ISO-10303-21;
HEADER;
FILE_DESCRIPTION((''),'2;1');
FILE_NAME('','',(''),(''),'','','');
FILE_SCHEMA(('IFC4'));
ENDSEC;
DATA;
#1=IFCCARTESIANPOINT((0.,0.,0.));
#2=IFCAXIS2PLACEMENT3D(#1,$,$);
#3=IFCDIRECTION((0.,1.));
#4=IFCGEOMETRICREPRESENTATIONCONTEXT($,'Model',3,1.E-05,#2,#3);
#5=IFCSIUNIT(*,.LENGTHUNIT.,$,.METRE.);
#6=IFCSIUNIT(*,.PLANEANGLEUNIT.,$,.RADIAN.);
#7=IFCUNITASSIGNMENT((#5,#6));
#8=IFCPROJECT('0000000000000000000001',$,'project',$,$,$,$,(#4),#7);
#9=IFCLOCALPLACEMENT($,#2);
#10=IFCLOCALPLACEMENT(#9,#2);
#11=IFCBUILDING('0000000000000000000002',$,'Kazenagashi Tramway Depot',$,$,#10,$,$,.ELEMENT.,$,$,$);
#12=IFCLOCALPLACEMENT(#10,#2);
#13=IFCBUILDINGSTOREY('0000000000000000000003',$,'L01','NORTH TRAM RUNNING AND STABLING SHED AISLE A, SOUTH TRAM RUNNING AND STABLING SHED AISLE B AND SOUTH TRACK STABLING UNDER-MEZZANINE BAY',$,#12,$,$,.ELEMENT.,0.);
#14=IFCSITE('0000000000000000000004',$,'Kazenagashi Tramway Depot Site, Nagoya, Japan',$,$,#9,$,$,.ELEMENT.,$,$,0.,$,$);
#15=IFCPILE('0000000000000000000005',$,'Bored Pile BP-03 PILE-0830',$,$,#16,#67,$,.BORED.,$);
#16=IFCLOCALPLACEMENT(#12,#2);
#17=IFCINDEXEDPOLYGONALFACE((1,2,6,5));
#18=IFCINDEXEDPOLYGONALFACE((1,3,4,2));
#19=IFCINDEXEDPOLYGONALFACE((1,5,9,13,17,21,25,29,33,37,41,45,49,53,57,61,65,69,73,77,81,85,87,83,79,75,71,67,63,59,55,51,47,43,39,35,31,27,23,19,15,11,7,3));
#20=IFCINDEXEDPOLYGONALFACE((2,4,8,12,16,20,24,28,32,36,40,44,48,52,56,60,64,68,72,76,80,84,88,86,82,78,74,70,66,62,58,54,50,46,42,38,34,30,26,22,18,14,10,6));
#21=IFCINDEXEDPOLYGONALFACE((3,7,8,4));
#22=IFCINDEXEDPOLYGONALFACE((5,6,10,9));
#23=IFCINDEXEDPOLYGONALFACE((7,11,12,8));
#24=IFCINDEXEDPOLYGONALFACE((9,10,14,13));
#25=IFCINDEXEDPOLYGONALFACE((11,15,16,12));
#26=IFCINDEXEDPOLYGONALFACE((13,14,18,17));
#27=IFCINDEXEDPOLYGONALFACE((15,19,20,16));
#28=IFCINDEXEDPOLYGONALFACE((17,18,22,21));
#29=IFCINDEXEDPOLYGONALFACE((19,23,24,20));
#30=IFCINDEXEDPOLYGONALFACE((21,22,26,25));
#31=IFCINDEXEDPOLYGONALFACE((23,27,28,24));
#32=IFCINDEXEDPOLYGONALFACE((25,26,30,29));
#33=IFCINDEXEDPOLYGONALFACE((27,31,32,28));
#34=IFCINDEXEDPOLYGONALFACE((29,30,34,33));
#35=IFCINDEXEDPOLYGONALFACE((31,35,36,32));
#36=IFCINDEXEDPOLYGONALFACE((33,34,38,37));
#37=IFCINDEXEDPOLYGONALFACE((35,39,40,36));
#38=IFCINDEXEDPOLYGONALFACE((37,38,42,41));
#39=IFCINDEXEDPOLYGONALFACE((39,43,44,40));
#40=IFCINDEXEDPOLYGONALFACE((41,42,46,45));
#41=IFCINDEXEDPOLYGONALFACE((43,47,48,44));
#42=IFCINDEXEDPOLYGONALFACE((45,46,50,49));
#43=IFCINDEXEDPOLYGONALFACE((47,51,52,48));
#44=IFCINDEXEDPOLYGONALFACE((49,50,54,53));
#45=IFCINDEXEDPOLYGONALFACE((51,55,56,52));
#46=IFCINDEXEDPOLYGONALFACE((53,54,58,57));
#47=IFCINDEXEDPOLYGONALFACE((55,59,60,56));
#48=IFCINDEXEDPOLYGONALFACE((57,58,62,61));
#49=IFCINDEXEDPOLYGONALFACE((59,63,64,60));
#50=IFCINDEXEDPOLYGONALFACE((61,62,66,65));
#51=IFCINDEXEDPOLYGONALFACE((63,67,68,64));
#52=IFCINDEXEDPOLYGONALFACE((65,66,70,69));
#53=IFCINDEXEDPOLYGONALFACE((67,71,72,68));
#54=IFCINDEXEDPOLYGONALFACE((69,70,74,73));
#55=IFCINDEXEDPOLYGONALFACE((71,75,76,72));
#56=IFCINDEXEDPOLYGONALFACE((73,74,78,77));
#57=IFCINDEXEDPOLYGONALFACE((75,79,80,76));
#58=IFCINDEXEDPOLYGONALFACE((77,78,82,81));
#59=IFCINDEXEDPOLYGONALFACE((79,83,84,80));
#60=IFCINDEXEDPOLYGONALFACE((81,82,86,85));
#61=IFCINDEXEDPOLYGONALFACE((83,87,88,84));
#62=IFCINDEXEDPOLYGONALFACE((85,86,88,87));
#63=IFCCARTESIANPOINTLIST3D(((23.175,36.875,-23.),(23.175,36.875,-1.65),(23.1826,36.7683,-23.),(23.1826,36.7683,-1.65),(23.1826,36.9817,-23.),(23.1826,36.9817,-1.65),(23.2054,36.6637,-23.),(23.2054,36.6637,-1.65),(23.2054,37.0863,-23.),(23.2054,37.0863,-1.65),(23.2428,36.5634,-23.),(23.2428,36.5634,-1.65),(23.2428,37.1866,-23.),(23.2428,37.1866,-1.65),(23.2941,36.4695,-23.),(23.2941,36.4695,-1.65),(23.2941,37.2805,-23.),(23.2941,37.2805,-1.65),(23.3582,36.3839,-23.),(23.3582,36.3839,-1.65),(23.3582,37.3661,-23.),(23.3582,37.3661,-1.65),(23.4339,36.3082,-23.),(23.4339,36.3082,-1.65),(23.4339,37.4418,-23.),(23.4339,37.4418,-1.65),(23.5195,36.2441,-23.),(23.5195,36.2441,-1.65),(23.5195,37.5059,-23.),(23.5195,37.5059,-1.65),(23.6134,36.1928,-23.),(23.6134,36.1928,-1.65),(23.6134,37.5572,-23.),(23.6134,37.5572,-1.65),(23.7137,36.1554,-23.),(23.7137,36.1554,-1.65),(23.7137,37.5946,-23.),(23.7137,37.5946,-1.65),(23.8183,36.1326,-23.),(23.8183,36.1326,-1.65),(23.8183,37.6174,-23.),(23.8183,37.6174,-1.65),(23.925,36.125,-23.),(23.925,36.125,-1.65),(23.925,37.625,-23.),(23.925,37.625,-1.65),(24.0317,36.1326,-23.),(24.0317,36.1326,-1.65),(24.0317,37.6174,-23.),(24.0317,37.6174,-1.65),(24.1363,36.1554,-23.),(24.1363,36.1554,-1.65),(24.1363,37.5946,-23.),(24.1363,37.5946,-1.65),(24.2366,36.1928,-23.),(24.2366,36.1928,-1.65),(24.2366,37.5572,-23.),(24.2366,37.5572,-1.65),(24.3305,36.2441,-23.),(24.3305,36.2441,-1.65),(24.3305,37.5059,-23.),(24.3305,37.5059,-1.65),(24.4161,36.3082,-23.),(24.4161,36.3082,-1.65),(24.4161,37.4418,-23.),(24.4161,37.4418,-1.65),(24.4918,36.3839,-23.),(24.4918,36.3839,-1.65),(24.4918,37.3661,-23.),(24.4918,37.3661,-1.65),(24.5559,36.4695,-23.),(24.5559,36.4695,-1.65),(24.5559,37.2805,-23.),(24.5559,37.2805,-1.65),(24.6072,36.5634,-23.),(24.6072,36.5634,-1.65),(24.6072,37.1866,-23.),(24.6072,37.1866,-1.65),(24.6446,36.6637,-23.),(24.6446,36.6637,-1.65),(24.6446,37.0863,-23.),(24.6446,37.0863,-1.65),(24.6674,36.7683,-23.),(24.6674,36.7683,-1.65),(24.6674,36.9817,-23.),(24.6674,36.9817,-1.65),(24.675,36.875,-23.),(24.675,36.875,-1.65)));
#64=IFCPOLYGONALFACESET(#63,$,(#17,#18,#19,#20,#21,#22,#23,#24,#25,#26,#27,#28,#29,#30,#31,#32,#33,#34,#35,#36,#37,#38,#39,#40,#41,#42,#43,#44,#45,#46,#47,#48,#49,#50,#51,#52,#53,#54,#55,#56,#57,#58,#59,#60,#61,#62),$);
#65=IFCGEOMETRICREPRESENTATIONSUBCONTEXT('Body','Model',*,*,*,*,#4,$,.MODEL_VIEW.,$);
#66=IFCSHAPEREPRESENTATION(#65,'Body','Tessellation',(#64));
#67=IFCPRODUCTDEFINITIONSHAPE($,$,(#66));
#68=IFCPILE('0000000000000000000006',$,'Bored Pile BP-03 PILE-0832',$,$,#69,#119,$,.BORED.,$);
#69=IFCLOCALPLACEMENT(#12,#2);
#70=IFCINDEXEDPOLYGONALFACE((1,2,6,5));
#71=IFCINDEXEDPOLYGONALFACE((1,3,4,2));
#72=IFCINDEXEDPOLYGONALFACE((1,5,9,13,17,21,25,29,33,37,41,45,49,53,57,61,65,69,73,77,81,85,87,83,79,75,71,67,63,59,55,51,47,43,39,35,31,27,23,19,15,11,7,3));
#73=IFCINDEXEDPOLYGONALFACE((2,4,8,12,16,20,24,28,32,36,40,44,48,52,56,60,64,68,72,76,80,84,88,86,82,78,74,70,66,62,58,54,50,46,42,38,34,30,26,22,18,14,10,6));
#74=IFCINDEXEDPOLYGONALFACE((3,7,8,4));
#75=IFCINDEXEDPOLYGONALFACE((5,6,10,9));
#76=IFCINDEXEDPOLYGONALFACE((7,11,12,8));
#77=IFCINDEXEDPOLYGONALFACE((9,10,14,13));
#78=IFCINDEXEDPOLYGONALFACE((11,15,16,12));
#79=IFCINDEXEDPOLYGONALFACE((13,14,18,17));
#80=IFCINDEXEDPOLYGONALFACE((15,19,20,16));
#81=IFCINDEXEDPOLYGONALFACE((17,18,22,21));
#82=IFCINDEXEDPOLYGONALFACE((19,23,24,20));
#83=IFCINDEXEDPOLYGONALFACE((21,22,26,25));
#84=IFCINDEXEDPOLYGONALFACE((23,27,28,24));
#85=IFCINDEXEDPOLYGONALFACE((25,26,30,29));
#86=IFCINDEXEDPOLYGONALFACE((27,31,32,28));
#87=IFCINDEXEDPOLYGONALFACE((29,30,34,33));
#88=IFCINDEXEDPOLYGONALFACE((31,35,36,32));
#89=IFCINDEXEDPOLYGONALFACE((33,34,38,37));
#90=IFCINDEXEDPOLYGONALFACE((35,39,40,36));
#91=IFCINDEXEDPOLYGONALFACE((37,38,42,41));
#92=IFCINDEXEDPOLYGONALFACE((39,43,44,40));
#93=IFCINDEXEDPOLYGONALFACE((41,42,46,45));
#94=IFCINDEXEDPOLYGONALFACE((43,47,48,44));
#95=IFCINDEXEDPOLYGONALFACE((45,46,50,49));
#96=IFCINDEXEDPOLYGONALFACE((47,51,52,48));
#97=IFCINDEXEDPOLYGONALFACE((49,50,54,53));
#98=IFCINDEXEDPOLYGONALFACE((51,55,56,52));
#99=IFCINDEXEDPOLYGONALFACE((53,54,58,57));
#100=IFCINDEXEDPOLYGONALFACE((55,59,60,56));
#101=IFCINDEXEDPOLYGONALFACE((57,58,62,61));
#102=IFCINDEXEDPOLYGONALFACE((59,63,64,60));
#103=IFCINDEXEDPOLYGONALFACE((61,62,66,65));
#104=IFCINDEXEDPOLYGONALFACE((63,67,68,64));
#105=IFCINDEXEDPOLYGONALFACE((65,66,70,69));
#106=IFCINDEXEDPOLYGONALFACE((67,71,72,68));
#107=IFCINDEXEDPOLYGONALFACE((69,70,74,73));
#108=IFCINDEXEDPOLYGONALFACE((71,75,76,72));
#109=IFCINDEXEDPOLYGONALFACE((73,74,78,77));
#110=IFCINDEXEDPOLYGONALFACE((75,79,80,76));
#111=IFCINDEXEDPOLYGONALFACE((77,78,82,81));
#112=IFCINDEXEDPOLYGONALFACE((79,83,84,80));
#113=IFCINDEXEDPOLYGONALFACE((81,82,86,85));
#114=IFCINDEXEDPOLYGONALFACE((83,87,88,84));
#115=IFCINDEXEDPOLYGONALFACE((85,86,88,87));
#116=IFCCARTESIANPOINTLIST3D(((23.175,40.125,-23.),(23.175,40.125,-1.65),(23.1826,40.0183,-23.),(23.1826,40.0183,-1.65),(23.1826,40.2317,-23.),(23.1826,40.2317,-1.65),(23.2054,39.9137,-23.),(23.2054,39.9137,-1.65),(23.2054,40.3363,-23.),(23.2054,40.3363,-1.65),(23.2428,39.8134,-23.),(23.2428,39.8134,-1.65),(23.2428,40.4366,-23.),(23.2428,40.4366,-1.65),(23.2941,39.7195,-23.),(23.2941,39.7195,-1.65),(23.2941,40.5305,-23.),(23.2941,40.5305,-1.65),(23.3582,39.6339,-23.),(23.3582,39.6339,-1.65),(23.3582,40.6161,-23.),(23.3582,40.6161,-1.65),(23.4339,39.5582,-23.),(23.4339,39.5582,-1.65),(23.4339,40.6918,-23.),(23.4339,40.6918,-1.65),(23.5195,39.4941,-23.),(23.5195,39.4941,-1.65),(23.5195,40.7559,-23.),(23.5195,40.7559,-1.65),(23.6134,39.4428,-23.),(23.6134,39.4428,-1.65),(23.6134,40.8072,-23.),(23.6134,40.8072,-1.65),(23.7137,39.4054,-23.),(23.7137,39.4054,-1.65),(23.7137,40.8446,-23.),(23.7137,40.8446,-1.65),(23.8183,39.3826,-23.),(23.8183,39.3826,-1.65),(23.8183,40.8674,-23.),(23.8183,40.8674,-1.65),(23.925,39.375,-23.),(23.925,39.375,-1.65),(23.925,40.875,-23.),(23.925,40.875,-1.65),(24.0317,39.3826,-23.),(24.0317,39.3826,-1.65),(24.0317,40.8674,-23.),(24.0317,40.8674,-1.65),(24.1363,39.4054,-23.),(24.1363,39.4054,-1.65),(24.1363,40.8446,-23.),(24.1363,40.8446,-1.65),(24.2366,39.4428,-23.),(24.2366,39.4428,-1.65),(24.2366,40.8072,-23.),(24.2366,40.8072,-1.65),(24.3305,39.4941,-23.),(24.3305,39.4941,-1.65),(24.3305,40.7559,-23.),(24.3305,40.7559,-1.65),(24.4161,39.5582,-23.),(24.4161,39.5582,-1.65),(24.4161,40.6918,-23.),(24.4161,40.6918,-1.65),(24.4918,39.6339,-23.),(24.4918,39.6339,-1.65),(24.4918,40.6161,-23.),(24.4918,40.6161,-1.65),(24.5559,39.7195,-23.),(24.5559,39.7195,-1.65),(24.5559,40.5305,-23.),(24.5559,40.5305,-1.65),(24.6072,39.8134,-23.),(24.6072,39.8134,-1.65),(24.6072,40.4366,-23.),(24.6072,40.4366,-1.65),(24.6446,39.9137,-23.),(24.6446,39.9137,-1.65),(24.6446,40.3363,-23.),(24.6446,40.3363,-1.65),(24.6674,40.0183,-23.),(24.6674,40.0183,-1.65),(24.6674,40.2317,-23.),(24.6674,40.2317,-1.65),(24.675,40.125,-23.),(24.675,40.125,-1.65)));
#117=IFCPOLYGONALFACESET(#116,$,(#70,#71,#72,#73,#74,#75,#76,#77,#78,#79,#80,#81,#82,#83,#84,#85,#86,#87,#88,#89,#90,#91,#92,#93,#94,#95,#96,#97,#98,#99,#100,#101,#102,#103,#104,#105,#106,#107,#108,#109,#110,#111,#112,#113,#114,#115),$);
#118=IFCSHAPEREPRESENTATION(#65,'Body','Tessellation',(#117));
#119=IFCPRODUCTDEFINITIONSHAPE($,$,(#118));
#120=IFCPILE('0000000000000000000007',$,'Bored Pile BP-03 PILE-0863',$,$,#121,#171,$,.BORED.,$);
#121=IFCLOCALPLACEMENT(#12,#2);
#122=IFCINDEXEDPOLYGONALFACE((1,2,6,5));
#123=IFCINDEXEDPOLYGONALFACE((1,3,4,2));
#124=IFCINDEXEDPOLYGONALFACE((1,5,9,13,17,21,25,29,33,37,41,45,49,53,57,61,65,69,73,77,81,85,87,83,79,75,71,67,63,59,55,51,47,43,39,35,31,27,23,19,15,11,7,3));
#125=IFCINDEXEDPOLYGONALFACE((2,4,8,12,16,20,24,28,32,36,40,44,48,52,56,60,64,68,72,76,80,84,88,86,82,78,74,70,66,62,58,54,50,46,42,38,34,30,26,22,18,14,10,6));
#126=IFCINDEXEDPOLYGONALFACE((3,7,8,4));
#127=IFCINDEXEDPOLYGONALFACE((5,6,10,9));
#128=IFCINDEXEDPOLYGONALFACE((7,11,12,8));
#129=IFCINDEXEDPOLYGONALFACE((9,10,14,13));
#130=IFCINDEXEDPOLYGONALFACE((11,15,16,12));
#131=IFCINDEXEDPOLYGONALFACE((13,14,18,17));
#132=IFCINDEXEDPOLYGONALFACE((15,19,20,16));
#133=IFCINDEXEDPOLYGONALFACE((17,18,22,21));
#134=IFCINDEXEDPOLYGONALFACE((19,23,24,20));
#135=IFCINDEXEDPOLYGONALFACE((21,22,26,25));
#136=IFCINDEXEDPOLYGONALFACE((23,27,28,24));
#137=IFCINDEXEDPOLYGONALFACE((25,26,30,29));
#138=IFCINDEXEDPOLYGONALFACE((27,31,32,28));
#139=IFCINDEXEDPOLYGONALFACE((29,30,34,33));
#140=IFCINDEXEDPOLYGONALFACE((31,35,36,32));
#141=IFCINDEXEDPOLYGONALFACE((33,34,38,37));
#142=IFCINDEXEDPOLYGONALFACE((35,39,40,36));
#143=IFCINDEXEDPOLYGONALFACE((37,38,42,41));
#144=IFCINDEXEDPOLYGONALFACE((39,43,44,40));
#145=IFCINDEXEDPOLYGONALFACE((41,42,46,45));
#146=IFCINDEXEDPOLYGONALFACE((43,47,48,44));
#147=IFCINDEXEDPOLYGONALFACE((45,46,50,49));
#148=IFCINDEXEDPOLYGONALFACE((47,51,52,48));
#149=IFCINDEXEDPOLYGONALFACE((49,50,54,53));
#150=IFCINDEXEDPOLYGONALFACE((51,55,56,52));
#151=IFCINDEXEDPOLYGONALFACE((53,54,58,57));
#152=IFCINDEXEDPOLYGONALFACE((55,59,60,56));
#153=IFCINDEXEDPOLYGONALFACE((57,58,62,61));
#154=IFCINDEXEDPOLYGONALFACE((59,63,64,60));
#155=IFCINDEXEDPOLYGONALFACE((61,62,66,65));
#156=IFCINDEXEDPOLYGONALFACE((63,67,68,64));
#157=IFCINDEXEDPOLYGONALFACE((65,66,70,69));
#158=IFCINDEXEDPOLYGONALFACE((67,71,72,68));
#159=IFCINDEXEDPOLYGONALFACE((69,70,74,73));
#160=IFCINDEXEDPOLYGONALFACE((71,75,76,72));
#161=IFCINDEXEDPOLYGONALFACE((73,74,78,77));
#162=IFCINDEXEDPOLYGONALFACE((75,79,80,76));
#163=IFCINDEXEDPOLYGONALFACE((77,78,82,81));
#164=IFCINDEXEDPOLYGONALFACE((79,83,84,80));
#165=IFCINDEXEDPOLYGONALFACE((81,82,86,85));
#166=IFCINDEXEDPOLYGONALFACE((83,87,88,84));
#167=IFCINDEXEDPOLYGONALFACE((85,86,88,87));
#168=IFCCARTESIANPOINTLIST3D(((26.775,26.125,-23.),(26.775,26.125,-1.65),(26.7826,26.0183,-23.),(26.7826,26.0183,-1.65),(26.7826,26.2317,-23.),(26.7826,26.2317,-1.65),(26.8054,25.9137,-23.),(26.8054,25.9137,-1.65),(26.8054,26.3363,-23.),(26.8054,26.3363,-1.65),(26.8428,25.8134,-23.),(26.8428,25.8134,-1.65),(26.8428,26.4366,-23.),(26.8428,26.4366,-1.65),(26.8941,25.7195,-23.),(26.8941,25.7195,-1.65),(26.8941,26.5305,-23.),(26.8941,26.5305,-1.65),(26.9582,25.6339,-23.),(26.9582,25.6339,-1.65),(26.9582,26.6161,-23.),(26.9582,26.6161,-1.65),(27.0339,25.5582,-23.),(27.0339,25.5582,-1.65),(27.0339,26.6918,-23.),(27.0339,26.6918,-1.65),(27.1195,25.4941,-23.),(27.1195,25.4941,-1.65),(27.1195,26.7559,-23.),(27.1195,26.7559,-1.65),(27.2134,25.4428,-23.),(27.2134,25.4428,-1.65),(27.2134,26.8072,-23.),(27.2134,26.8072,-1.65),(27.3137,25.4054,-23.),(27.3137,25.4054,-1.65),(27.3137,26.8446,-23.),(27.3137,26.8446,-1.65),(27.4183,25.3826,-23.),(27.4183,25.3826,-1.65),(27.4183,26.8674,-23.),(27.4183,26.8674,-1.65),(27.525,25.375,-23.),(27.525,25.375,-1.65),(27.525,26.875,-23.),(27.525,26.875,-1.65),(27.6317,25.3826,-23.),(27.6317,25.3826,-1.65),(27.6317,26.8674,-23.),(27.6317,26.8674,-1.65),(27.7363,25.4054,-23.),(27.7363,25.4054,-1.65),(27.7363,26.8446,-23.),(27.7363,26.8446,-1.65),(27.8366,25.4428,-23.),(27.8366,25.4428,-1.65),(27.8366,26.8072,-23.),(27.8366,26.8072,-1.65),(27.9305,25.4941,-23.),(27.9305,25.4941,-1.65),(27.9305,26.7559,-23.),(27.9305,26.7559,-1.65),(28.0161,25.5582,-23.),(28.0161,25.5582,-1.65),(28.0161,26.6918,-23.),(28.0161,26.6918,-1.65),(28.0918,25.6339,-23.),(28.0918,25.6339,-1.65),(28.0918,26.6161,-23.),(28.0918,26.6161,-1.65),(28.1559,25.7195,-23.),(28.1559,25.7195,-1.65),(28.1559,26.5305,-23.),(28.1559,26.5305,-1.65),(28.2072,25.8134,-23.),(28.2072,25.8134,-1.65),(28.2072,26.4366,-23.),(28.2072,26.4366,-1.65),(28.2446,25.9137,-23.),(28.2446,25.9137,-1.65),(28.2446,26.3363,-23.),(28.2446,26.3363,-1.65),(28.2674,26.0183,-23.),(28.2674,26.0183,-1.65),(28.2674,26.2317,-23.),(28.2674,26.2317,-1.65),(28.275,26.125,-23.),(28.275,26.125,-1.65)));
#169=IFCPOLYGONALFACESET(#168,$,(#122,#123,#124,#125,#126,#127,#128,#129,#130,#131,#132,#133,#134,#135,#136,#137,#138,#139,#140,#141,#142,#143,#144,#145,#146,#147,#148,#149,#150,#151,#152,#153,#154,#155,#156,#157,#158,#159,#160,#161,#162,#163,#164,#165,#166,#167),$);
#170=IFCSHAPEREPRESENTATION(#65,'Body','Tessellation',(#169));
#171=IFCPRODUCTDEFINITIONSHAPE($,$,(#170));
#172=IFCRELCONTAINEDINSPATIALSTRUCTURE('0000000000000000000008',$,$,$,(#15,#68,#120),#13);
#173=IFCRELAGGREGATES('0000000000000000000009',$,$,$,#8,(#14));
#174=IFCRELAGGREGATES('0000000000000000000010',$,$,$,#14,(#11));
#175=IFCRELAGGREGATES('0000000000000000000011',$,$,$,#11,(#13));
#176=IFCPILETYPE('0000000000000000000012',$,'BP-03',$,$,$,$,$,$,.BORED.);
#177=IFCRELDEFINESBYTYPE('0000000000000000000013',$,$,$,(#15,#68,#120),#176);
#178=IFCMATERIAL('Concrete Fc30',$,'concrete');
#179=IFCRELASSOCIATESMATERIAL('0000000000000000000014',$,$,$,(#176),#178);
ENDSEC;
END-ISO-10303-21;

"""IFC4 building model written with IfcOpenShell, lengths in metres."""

from ifc_helpers import new_model, si_unit, direction, frame, origin, origin_2d, place, context, subcontext, project, spatial, circle, extrude, material, material_profile, profile_set, type_object, element, save


model = new_model("IFC4")

# Units and contexts
model_context = context("Model", 3, precision=1e-05, world=origin(), true_north=direction((0.0, 1.0)))
body_context = subcontext(model_context, "Body", "Model", "MODEL_VIEW")
ifc_project = project(units=[si_unit("LENGTHUNIT", "METRE"), si_unit("PLANEANGLEUNIT", "RADIAN")], contexts=[model_context])

# Site, building, storey
site_placement = place(None, origin())
site = spatial("IfcSite", under=ifc_project, at=site_placement, Name="Kazenagashi Tramway Depot Site, Nagoya, Japan", CompositionType="ELEMENT", RefElevation=0.0)
building_placement = place(site_placement, origin())
building = spatial("IfcBuilding", under=site, at=building_placement, Name="Kazenagashi Tramway Depot", CompositionType="ELEMENT")
storey_placement = place(building_placement, origin())
storey = spatial("IfcBuildingStorey", under=building, at=storey_placement, Name="L01", Description="NORTH TRAM RUNNING AND STABLING SHED AISLE A, SOUTH TRAM RUNNING AND STABLING SHED AISLE B AND SOUTH TRACK STABLING UNDER-MEZZANINE BAY", CompositionType="ELEMENT", Elevation=0.0)

# Piles
ifc_material_1 = material(Name="Concrete Fc30", Category="concrete")
ifc_material_profile_1 = material_profile(ifc_material_1, circle(Radius=0.75, at=origin_2d()), Name="PILE-1500")
ifc_profile_set_1 = profile_set([ifc_material_profile_1], Name="Concrete Fc30")
pile_type = type_object("IfcPileType", Name="BP-03", PredefinedType="BORED", material=ifc_profile_set_1)
for number, where, z_axis, x_axis, name in (
    (1, (23.925, 36.875, -1.65), (0.0, 0.0, -1.0), (1.0, 0.0, 0.0), "Bored Pile BP-03 PILE-0830"),
    (2, (23.925, 40.125, -1.65), (0.0, 0.0, -1.0), (1.0, 0.0, 0.0), "Bored Pile BP-03 PILE-0832"),
    (3, (27.525, 26.125, -1.65), (0.0, 0.0, -1.0), (1.0, 0.0, 0.0), "Bored Pile BP-03 PILE-0863"),
):
    element("IfcPile", number, at=place(storey_placement, frame(where, z_axis=z_axis, x_axis=x_axis)), inside=storey, type_object=pile_type, Name=name, PredefinedType="BORED", context=body_context, shape_type="SweptSolid", body=[
        extrude(circle(Radius=0.75, at=origin_2d()), origin(), (0.0, 0.0, 1.0), 21.35),
    ])

save(model, "model.ifc")
